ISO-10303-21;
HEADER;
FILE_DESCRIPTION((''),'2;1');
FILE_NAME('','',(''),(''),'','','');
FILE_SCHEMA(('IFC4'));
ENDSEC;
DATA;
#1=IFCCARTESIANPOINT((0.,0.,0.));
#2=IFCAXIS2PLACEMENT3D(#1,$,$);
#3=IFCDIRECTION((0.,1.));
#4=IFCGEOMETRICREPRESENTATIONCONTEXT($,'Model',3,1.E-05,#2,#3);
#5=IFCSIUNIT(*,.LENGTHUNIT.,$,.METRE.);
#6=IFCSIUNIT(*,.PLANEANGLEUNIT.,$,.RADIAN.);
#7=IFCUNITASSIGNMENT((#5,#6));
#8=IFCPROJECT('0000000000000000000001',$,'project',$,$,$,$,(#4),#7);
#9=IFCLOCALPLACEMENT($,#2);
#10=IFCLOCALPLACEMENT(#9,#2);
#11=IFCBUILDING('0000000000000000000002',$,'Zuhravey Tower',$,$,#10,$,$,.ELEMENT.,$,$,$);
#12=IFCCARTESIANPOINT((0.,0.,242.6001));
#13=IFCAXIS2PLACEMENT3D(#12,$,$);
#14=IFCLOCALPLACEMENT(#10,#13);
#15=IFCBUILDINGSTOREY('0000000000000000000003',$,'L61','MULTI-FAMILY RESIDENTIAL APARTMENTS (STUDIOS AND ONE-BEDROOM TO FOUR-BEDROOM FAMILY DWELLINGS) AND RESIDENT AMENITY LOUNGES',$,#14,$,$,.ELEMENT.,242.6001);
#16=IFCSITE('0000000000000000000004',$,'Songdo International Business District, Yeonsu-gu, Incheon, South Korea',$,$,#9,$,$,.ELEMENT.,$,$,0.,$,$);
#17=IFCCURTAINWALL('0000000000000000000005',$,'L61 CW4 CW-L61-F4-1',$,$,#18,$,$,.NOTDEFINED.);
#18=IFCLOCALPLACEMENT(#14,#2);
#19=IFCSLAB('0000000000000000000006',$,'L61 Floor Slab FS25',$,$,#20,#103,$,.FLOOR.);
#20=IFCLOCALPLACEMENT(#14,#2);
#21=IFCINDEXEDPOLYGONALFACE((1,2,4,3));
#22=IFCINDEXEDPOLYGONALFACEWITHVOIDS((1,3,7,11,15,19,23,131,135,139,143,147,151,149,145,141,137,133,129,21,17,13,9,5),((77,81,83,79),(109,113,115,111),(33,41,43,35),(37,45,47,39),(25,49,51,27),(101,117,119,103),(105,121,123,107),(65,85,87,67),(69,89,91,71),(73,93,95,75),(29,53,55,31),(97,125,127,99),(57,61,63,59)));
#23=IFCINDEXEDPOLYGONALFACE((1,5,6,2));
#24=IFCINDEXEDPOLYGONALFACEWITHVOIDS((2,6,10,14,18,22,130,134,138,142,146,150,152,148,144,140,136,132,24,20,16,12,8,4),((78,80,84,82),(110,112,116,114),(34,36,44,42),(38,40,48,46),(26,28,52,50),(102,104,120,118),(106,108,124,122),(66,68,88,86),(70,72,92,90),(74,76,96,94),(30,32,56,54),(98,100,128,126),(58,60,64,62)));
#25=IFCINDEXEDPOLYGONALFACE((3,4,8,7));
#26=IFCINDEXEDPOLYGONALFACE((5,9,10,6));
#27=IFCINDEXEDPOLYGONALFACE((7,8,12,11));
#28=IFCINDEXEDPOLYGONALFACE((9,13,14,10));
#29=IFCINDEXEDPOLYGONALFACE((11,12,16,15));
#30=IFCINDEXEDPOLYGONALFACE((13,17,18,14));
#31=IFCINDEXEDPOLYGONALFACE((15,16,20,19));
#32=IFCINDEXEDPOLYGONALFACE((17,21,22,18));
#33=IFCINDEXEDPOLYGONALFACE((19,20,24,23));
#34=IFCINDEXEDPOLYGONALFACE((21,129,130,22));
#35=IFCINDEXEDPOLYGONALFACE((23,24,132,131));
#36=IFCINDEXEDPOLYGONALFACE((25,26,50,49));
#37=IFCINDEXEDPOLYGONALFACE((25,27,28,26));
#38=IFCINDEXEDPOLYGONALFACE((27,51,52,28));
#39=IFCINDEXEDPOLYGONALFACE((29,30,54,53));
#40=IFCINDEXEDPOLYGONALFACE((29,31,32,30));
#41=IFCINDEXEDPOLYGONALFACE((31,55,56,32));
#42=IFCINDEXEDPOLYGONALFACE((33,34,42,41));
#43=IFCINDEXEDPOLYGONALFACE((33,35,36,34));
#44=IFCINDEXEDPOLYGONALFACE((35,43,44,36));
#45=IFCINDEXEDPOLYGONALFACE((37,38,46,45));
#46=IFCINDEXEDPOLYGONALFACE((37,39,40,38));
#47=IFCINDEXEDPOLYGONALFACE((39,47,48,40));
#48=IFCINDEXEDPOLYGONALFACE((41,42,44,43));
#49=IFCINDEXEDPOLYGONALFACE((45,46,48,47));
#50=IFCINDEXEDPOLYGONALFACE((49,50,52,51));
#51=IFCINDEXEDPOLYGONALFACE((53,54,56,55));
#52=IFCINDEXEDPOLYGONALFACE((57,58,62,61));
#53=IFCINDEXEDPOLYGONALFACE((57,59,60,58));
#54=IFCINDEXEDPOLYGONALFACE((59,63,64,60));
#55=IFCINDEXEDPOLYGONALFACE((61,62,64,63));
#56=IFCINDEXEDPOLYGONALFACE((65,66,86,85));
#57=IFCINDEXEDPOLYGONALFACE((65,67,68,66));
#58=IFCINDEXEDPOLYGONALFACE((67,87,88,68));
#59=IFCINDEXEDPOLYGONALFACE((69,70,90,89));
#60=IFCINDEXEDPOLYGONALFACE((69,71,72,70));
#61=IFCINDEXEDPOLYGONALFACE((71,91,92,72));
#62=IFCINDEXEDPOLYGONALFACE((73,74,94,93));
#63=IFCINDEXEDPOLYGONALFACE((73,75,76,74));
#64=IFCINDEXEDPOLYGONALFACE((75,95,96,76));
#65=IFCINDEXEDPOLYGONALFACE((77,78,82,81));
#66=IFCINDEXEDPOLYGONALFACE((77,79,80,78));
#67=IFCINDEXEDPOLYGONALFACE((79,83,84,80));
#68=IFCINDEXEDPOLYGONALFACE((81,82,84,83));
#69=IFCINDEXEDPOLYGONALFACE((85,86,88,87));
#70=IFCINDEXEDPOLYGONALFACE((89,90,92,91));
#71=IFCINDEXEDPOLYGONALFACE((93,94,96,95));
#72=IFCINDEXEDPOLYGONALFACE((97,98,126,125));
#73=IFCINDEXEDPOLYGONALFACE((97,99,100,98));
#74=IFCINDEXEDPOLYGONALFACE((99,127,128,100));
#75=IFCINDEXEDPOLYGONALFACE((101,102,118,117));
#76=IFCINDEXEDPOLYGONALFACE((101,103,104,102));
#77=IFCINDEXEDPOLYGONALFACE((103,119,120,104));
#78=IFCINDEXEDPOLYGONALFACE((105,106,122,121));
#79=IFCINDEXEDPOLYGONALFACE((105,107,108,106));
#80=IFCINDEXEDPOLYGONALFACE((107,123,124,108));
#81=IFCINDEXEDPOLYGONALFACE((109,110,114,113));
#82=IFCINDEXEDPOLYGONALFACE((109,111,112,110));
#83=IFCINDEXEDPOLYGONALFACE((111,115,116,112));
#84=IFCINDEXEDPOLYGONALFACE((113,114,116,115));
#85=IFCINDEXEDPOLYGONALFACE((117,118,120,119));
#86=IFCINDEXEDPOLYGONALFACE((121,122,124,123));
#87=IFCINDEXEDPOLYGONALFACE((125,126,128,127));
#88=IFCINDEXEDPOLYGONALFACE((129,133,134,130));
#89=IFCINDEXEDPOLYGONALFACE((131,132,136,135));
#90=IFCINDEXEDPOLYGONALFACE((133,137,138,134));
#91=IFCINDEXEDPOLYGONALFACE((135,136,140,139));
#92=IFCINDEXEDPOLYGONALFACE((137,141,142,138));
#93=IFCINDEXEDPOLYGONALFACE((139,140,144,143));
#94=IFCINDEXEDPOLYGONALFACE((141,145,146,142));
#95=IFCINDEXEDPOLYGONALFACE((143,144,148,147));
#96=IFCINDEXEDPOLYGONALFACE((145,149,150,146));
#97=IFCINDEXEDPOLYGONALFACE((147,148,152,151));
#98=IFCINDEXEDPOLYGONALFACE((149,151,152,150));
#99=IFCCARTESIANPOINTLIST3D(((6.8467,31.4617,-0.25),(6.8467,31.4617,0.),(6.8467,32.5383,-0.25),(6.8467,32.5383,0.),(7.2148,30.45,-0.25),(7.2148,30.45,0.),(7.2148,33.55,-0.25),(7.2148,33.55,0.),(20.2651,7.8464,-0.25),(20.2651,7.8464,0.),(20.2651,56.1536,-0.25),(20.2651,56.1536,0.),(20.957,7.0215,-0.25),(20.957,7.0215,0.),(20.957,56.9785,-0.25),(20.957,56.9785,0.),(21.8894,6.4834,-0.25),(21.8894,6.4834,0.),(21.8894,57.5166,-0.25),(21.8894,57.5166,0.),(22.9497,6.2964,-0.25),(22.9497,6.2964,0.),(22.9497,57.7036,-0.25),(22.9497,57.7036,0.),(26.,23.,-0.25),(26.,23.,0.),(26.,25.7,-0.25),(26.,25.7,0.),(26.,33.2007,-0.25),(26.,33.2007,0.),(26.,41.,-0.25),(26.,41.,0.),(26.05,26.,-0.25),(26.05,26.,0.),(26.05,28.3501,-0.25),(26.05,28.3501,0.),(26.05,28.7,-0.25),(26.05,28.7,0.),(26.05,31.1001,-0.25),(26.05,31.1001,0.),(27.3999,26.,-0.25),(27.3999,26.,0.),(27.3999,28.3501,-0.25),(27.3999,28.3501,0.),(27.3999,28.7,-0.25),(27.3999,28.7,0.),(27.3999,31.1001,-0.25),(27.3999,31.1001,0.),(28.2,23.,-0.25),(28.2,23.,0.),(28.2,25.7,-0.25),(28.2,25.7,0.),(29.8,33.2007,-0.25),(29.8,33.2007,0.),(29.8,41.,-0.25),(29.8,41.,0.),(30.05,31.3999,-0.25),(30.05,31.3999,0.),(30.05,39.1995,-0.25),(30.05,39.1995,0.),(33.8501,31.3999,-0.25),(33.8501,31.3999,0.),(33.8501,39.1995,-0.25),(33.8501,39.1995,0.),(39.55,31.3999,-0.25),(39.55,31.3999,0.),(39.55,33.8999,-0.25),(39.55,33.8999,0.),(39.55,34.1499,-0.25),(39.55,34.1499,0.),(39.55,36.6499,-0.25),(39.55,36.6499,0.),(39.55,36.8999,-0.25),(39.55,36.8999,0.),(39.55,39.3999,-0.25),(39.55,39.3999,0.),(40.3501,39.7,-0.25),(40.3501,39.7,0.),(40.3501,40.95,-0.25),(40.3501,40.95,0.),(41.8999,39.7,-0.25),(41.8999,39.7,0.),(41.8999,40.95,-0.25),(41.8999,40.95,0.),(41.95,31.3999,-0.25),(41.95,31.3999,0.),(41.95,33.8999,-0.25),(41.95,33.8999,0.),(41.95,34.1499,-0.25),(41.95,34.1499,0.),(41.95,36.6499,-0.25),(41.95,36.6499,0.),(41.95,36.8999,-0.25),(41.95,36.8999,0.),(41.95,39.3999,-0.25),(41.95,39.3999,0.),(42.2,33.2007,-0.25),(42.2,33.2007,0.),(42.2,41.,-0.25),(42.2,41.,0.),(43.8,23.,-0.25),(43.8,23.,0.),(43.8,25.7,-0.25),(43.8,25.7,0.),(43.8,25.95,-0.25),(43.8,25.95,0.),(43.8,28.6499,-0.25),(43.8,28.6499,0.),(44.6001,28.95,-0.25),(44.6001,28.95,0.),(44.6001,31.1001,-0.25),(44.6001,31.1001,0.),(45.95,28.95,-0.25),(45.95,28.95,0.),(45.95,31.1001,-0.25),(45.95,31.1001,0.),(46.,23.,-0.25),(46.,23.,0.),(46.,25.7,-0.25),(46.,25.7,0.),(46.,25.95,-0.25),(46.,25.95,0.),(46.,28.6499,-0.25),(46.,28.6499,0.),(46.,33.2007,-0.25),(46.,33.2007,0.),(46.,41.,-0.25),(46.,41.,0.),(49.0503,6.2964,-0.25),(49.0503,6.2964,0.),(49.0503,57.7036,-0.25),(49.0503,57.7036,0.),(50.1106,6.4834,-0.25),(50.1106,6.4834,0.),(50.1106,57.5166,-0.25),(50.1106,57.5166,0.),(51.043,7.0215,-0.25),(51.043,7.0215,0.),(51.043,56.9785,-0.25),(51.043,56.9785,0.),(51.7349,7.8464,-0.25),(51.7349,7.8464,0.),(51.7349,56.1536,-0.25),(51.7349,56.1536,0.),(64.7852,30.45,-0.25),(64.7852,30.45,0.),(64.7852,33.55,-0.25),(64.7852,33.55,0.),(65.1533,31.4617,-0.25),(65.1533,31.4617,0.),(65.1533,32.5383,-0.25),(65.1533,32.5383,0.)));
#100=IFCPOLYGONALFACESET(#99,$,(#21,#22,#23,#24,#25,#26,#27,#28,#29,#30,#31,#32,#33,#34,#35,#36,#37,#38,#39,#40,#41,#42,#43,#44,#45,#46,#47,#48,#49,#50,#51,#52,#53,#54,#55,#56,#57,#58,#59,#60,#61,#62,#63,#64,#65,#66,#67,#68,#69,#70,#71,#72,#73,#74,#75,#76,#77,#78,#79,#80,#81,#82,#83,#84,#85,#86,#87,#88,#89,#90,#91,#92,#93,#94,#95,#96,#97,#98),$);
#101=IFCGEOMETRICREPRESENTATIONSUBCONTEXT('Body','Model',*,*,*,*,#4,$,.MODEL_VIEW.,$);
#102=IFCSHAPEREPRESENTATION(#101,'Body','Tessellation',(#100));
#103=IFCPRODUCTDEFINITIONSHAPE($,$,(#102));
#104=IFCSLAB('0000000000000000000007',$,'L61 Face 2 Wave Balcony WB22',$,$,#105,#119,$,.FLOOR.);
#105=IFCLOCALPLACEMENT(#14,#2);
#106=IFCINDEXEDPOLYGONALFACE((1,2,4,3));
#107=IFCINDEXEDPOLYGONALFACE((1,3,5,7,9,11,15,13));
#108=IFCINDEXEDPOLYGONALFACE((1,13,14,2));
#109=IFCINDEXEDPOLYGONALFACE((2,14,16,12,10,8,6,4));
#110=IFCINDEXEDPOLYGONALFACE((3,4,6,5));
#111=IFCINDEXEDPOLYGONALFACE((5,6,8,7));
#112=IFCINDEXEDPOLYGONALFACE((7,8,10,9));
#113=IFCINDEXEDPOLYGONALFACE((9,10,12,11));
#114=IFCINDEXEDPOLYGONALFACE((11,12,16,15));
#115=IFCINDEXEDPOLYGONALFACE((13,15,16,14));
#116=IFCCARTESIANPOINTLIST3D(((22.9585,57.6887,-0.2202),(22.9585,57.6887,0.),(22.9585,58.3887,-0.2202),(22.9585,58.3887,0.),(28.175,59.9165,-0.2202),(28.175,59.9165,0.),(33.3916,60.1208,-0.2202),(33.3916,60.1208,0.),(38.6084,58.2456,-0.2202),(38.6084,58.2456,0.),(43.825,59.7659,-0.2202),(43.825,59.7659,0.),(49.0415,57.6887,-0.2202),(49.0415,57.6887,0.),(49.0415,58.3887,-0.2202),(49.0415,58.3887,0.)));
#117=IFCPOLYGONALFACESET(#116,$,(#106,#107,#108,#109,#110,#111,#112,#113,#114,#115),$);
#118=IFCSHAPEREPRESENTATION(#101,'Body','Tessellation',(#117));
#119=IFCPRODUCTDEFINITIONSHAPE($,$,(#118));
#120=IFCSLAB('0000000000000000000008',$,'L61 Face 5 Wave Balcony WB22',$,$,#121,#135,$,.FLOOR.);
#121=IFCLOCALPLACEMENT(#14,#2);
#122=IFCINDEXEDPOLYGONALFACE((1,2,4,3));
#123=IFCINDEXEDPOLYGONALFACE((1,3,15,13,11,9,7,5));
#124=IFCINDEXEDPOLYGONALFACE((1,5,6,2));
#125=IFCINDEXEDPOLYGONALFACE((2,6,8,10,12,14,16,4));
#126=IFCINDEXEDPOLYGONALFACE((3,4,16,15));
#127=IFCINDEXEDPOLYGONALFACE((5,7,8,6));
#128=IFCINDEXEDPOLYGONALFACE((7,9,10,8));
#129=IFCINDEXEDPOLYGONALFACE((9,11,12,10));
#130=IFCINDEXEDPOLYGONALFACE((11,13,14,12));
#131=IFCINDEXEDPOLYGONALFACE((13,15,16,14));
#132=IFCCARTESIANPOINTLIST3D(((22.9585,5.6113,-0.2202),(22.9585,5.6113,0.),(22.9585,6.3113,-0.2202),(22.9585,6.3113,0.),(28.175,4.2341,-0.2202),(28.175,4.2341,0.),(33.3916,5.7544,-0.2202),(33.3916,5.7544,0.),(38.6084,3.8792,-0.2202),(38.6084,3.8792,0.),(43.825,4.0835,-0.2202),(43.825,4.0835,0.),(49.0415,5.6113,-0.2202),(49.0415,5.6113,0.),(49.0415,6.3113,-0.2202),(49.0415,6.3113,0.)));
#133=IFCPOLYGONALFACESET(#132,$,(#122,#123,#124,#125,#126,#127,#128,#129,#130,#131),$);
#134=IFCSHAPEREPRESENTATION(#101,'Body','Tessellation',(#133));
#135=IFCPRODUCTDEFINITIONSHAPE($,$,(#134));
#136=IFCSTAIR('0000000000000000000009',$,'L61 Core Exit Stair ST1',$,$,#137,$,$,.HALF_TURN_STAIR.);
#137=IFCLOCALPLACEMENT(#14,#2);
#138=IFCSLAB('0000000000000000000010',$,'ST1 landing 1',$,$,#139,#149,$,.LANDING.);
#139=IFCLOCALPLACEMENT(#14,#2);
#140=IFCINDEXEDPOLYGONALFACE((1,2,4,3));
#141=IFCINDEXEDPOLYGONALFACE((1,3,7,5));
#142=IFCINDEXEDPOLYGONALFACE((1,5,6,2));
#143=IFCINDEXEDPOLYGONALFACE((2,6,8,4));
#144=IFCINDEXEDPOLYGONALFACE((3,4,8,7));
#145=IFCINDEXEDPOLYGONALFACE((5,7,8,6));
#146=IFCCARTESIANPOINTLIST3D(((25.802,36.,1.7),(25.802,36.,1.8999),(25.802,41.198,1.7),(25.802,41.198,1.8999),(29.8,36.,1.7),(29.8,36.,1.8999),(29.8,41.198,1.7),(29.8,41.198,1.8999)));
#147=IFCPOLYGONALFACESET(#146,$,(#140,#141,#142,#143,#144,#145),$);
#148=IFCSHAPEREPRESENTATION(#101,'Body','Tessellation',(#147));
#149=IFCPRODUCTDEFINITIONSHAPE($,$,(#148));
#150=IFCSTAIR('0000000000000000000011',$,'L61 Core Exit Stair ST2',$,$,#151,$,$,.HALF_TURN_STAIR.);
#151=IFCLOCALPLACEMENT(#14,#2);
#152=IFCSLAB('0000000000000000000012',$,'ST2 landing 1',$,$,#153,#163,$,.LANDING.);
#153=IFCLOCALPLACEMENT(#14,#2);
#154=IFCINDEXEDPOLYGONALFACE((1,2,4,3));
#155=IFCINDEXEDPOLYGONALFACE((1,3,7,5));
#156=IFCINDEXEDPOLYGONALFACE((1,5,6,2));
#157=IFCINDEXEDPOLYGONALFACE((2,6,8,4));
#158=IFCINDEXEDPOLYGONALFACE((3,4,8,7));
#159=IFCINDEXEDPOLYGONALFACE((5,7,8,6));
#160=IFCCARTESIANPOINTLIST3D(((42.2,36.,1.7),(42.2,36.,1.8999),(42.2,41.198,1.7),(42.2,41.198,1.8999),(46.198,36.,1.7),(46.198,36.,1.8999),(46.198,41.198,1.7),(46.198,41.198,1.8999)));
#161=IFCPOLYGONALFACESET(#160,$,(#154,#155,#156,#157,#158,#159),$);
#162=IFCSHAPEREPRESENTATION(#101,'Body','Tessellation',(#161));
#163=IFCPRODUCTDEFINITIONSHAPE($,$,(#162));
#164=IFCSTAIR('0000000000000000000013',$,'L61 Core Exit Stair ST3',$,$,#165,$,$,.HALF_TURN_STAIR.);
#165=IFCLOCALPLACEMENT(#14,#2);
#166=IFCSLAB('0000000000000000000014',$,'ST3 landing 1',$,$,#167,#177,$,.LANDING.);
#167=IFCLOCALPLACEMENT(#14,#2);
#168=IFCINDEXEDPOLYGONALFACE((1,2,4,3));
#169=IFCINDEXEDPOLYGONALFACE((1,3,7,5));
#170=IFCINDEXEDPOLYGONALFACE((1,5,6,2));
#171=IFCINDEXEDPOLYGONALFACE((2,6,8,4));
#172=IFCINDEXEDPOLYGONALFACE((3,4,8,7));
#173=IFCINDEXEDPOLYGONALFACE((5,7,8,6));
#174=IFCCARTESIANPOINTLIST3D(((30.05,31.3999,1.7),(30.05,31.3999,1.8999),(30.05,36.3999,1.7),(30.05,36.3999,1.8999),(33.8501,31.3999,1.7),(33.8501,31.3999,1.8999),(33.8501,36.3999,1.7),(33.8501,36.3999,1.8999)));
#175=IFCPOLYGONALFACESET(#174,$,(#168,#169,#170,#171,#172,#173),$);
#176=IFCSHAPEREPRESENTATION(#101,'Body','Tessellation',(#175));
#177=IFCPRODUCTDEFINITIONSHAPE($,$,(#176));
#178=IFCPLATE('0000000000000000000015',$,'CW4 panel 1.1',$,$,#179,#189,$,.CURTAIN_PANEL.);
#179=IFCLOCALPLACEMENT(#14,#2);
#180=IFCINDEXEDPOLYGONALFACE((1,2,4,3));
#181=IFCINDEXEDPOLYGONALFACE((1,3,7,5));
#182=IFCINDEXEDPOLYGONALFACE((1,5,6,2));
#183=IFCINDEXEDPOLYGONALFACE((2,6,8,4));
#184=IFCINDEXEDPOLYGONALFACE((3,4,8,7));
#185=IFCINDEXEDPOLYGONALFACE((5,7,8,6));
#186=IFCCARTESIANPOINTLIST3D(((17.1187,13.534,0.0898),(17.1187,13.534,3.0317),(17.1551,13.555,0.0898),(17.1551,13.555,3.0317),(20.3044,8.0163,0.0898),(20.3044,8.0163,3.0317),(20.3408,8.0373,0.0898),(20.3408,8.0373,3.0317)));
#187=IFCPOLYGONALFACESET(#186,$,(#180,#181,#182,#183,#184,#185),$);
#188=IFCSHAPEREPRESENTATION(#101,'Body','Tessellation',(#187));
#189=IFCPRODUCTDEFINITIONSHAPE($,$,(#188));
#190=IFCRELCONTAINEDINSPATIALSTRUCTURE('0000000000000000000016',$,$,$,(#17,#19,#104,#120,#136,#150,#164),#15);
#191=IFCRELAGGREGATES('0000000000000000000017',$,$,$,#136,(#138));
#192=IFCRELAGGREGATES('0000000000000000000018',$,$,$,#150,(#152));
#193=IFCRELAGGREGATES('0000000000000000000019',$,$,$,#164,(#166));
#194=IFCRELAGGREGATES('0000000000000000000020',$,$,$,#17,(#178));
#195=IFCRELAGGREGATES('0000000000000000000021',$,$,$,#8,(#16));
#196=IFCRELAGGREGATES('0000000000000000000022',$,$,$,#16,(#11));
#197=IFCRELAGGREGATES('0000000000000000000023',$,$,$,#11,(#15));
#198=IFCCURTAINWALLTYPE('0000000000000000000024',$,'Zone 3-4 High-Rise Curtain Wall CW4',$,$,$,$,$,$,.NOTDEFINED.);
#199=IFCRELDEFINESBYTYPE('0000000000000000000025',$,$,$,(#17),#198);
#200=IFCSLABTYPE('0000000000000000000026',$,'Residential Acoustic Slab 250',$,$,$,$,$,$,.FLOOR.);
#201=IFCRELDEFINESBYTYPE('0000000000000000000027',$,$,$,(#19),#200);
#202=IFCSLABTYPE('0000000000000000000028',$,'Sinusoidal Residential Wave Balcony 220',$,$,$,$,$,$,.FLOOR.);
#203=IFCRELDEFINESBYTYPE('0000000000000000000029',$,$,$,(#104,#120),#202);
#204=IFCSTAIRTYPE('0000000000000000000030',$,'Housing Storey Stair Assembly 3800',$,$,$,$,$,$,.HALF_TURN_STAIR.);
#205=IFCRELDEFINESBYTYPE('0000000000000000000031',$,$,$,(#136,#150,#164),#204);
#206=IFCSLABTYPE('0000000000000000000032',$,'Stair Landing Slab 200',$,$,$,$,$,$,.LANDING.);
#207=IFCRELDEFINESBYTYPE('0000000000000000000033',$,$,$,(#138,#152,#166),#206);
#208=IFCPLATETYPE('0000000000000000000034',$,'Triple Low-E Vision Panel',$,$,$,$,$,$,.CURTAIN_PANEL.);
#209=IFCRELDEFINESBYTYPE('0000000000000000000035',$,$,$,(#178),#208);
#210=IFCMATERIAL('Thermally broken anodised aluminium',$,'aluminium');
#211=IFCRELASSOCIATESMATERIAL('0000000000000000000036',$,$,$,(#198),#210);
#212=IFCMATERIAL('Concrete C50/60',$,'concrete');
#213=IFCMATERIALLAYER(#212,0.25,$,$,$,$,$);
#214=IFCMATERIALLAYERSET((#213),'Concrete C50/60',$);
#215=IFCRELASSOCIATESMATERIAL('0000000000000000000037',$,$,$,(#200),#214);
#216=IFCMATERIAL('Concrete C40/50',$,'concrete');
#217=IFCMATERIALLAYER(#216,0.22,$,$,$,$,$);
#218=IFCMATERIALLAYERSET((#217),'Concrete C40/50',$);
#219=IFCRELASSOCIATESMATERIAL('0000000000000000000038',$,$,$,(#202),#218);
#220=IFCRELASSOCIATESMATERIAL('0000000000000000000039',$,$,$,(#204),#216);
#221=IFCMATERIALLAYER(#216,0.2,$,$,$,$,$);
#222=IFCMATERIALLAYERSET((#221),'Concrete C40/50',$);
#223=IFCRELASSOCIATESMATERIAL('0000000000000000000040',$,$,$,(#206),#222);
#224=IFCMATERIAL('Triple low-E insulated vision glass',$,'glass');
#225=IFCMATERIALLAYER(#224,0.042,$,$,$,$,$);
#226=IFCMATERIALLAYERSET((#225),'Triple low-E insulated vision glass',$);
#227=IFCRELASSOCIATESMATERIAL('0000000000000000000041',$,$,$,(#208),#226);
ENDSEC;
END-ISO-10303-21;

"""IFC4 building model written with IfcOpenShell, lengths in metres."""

from ifc_helpers import new_model, si_unit, direction, frame, origin, origin_2d, place, context, subcontext, project, spatial, polyline, rectangle, outline, extrude, material, layer, layer_set, type_object, element, aggregate, save


model = new_model("IFC4")

# Units and contexts
model_context = context("Model", 3, precision=1e-05, world=origin(), true_north=direction((0.0, 1.0)))
body_context = subcontext(model_context, "Body", "Model", "MODEL_VIEW")
ifc_project = project(units=[si_unit("LENGTHUNIT", "METRE"), si_unit("PLANEANGLEUNIT", "RADIAN")], contexts=[model_context])

# Site, building, storey
site_placement = place(None, origin())
site = spatial("IfcSite", under=ifc_project, at=site_placement, Name="Songdo International Business District, Yeonsu-gu, Incheon, South Korea", CompositionType="ELEMENT", RefElevation=0.0)
building_placement = place(site_placement, origin())
building = spatial("IfcBuilding", under=site, at=building_placement, Name="Zuhravey Tower", CompositionType="ELEMENT")
storey_placement = place(building_placement, frame((0.0, 0.0, 242.6001)))
storey = spatial("IfcBuildingStorey", under=building, at=storey_placement, Name="L61", Description="MULTI-FAMILY RESIDENTIAL APARTMENTS (STUDIOS AND ONE-BEDROOM TO FOUR-BEDROOM FAMILY DWELLINGS) AND RESIDENT AMENITY LOUNGES", CompositionType="ELEMENT", Elevation=242.6001)

# Shared definitions
ifc_material_1 = material(Name="Concrete C50/60", Category="concrete")

# Curtain wall
ifc_material_2 = material(Name="Thermally broken anodised aluminium", Category="aluminium")
curtain_wall_type = type_object("IfcCurtainWallType", Name="Zone 3-4 High-Rise Curtain Wall CW4", PredefinedType="NOTDEFINED", material=ifc_material_2)
curtain_wall_placement = place(storey_placement, origin())
curtain_wall = element("IfcCurtainWall", 1, at=curtain_wall_placement, inside=storey, type_object=curtain_wall_type, Name="L61 CW4 CW-L61-F4-1", PredefinedType="NOTDEFINED")

# Slabs
ifc_layer_1 = layer(ifc_material_1, 0.25)
ifc_layer_set_1 = layer_set([ifc_layer_1], Name="Concrete C50/60")
slab_type_1 = type_object("IfcSlabType", Name="Residential Acoustic Slab 250", PredefinedType="FLOOR", material=ifc_layer_set_1)
slab_1_placement = place(storey_placement, frame((0.0, 0.0, -0.25)))
element("IfcSlab", 2, at=slab_1_placement, inside=storey, type_object=slab_type_1, Name="L61 Floor Slab FS25", PredefinedType="FLOOR", context=body_context, shape_type="SweptSolid", body=[
    extrude(outline(polyline([(64.7852, 30.45), (65.1533, 31.4617), (65.1533, 32.5383), (64.7852, 33.55), (51.7349, 56.1536), (51.043, 56.9785), (50.1106, 57.5166), (49.0503, 57.7036), (22.9497, 57.7036), (21.8894, 57.5166), (20.957, 56.9785), (20.2651, 56.1536), (7.2148, 33.55), (6.8467, 32.5383), (6.8467, 31.4617), (7.2148, 30.45), (20.2651, 7.8464), (20.957, 7.0215), (21.8894, 6.4834), (22.9497, 6.2964), (49.0503, 6.2964), (50.1106, 6.4834), (51.043, 7.0215), (51.7349, 7.8464), (64.7852, 30.45)]), holes=[polyline([(29.8, 33.2007), (29.8, 41.0), (26.0, 41.0), (26.0, 33.2007), (29.8, 33.2007)]), polyline([(46.0, 33.2007), (46.0, 41.0), (42.2, 41.0), (42.2, 33.2007), (46.0, 33.2007)]), polyline([(30.05, 39.1995), (30.05, 31.3999), (33.8501, 31.3999), (33.8501, 39.1995), (30.05, 39.1995)]), polyline([(39.55, 31.3999), (41.95, 31.3999), (41.95, 33.8999), (39.55, 33.8999), (39.55, 31.3999)]), polyline([(39.55, 34.1499), (41.95, 34.1499), (41.95, 36.6499), (39.55, 36.6499), (39.55, 34.1499)]), polyline([(39.55, 36.8999), (41.95, 36.8999), (41.95, 39.3999), (39.55, 39.3999), (39.55, 36.8999)]), polyline([(26.0, 23.0), (28.2, 23.0), (28.2, 25.7), (26.0, 25.7), (26.0, 23.0)]), polyline([(43.8, 23.0), (46.0, 23.0), (46.0, 25.7), (43.8, 25.7), (43.8, 23.0)]), polyline([(43.8, 25.95), (46.0, 25.95), (46.0, 28.6499), (43.8, 28.6499), (43.8, 25.95)]), polyline([(26.05, 26.0), (27.3999, 26.0), (27.3999, 28.3501), (26.05, 28.3501), (26.05, 26.0)]), polyline([(26.05, 28.7), (27.3999, 28.7), (27.3999, 31.1001), (26.05, 31.1001), (26.05, 28.7)]), polyline([(44.6001, 28.95), (45.95, 28.95), (45.95, 31.1001), (44.6001, 31.1001), (44.6001, 28.95)]), polyline([(40.3501, 39.7), (41.8999, 39.7), (41.8999, 40.95), (40.3501, 40.95), (40.3501, 39.7)])]), origin(), (0.0, 0.0, 1.0), 0.25),
])
ifc_material_3 = material(Name="Concrete C40/50", Category="concrete")
ifc_layer_2 = layer(ifc_material_3, 0.22)
ifc_layer_set_2 = layer_set([ifc_layer_2], Name="Concrete C40/50")
slab_type_2 = type_object("IfcSlabType", Name="Sinusoidal Residential Wave Balcony 220", PredefinedType="FLOOR", material=ifc_layer_set_2)
slab_2_placement = place(storey_placement, frame((0.0, 0.0, -0.2202)))
element("IfcSlab", 3, at=slab_2_placement, inside=storey, type_object=slab_type_2, Name="L61 Face 2 Wave Balcony WB22", PredefinedType="FLOOR", context=body_context, shape_type="SweptSolid", body=[
    extrude(outline(polyline([(49.0415, 57.6887), (22.9585, 57.6887), (22.9585, 58.3887), (28.175, 59.9165), (33.3916, 60.1208), (38.6084, 58.2456), (43.825, 59.7659), (49.0415, 58.3887), (49.0415, 57.6887)])), origin(), (0.0, 0.0, 1.0), 0.2202),
])
slab_3_placement = place(storey_placement, frame((0.0, 0.0, -0.2202)))
element("IfcSlab", 4, at=slab_3_placement, inside=storey, type_object=slab_type_2, Name="L61 Face 5 Wave Balcony WB22", PredefinedType="FLOOR", context=body_context, shape_type="SweptSolid", body=[
    extrude(outline(polyline([(22.9585, 6.3113), (49.0415, 6.3113), (49.0415, 5.6113), (43.825, 4.0835), (38.6084, 3.8792), (33.3916, 5.7544), (28.175, 4.2341), (22.9585, 5.6113), (22.9585, 6.3113)])), origin(), (0.0, 0.0, 1.0), 0.2202),
])

# Stairs, slabs
stair_type = type_object("IfcStairType", Name="Housing Storey Stair Assembly 3800", PredefinedType="HALF_TURN_STAIR", material=ifc_material_3)
stair_1_placement = place(storey_placement, origin())
stair_1 = element("IfcStair", 5, at=stair_1_placement, inside=storey, type_object=stair_type, Name="L61 Core Exit Stair ST1", PredefinedType="HALF_TURN_STAIR")
ifc_layer_3 = layer(ifc_material_3, 0.2)
ifc_layer_set_3 = layer_set([ifc_layer_3], Name="Concrete C40/50")
slab_type_3 = type_object("IfcSlabType", Name="Stair Landing Slab 200", PredefinedType="LANDING", material=ifc_layer_set_3)
slab_4_placement = place(storey_placement, frame((0.0, 0.0, 1.7)))
slab_4 = element("IfcSlab", 6, at=slab_4_placement, type_object=slab_type_3, Name="ST1 landing 1", PredefinedType="LANDING", context=body_context, shape_type="SweptSolid", body=[
    extrude(outline(polyline([(29.8, 36.0), (29.8, 41.198), (25.802, 41.198), (25.802, 36.0), (29.8, 36.0)])), origin(), (0.0, 0.0, 1.0), 0.2),
])
aggregate(stair_1, [slab_4])
stair_2_placement = place(storey_placement, origin())
stair_2 = element("IfcStair", 7, at=stair_2_placement, inside=storey, type_object=stair_type, Name="L61 Core Exit Stair ST2", PredefinedType="HALF_TURN_STAIR")
slab_5_placement = place(storey_placement, frame((0.0, 0.0, 1.7)))
slab_5 = element("IfcSlab", 8, at=slab_5_placement, type_object=slab_type_3, Name="ST2 landing 1", PredefinedType="LANDING", context=body_context, shape_type="SweptSolid", body=[
    extrude(outline(polyline([(46.198, 36.0), (46.198, 41.198), (42.2, 41.198), (42.2, 36.0), (46.198, 36.0)])), origin(), (0.0, 0.0, 1.0), 0.2),
])
aggregate(stair_2, [slab_5])
stair_3_placement = place(storey_placement, origin())
stair_3 = element("IfcStair", 9, at=stair_3_placement, inside=storey, type_object=stair_type, Name="L61 Core Exit Stair ST3", PredefinedType="HALF_TURN_STAIR")
slab_6_placement = place(storey_placement, frame((0.0, 0.0, 1.7)))
slab_6 = element("IfcSlab", 10, at=slab_6_placement, type_object=slab_type_3, Name="ST3 landing 1", PredefinedType="LANDING", context=body_context, shape_type="SweptSolid", body=[
    extrude(outline(polyline([(30.05, 36.3999), (30.05, 31.3999), (33.8501, 31.3999), (33.8501, 36.3999), (30.05, 36.3999)])), origin(), (0.0, 0.0, 1.0), 0.2),
])
aggregate(stair_3, [slab_6])

# Plate
ifc_material_4 = material(Name="Triple low-E insulated vision glass", Category="glass")
ifc_layer_4 = layer(ifc_material_4, 0.042)
ifc_layer_set_4 = layer_set([ifc_layer_4], Name="Triple low-E insulated vision glass")
plate_type = type_object("IfcPlateType", Name="Triple Low-E Vision Panel", PredefinedType="CURTAIN_PANEL", material=ifc_layer_set_4)
plate_1_placement = place(storey_placement, frame((18.7297, 10.7856, 0.0898), z_axis=(0.0, 0.0, 1.0), x_axis=(-0.500001, 0.866025, 0.0)))
plate_1 = element("IfcPlate", 11, at=plate_1_placement, type_object=plate_type, Name="CW4 panel 1.1", PredefinedType="CURTAIN_PANEL", context=body_context, shape_type="SweptSolid", body=[
    extrude(rectangle(XDim=6.3713, YDim=0.042, at=origin_2d()), origin(), (0.0, 0.0, 1.0), 2.9419),
])
aggregate(curtain_wall, [plate_1])

save(model, "model.ifc")
